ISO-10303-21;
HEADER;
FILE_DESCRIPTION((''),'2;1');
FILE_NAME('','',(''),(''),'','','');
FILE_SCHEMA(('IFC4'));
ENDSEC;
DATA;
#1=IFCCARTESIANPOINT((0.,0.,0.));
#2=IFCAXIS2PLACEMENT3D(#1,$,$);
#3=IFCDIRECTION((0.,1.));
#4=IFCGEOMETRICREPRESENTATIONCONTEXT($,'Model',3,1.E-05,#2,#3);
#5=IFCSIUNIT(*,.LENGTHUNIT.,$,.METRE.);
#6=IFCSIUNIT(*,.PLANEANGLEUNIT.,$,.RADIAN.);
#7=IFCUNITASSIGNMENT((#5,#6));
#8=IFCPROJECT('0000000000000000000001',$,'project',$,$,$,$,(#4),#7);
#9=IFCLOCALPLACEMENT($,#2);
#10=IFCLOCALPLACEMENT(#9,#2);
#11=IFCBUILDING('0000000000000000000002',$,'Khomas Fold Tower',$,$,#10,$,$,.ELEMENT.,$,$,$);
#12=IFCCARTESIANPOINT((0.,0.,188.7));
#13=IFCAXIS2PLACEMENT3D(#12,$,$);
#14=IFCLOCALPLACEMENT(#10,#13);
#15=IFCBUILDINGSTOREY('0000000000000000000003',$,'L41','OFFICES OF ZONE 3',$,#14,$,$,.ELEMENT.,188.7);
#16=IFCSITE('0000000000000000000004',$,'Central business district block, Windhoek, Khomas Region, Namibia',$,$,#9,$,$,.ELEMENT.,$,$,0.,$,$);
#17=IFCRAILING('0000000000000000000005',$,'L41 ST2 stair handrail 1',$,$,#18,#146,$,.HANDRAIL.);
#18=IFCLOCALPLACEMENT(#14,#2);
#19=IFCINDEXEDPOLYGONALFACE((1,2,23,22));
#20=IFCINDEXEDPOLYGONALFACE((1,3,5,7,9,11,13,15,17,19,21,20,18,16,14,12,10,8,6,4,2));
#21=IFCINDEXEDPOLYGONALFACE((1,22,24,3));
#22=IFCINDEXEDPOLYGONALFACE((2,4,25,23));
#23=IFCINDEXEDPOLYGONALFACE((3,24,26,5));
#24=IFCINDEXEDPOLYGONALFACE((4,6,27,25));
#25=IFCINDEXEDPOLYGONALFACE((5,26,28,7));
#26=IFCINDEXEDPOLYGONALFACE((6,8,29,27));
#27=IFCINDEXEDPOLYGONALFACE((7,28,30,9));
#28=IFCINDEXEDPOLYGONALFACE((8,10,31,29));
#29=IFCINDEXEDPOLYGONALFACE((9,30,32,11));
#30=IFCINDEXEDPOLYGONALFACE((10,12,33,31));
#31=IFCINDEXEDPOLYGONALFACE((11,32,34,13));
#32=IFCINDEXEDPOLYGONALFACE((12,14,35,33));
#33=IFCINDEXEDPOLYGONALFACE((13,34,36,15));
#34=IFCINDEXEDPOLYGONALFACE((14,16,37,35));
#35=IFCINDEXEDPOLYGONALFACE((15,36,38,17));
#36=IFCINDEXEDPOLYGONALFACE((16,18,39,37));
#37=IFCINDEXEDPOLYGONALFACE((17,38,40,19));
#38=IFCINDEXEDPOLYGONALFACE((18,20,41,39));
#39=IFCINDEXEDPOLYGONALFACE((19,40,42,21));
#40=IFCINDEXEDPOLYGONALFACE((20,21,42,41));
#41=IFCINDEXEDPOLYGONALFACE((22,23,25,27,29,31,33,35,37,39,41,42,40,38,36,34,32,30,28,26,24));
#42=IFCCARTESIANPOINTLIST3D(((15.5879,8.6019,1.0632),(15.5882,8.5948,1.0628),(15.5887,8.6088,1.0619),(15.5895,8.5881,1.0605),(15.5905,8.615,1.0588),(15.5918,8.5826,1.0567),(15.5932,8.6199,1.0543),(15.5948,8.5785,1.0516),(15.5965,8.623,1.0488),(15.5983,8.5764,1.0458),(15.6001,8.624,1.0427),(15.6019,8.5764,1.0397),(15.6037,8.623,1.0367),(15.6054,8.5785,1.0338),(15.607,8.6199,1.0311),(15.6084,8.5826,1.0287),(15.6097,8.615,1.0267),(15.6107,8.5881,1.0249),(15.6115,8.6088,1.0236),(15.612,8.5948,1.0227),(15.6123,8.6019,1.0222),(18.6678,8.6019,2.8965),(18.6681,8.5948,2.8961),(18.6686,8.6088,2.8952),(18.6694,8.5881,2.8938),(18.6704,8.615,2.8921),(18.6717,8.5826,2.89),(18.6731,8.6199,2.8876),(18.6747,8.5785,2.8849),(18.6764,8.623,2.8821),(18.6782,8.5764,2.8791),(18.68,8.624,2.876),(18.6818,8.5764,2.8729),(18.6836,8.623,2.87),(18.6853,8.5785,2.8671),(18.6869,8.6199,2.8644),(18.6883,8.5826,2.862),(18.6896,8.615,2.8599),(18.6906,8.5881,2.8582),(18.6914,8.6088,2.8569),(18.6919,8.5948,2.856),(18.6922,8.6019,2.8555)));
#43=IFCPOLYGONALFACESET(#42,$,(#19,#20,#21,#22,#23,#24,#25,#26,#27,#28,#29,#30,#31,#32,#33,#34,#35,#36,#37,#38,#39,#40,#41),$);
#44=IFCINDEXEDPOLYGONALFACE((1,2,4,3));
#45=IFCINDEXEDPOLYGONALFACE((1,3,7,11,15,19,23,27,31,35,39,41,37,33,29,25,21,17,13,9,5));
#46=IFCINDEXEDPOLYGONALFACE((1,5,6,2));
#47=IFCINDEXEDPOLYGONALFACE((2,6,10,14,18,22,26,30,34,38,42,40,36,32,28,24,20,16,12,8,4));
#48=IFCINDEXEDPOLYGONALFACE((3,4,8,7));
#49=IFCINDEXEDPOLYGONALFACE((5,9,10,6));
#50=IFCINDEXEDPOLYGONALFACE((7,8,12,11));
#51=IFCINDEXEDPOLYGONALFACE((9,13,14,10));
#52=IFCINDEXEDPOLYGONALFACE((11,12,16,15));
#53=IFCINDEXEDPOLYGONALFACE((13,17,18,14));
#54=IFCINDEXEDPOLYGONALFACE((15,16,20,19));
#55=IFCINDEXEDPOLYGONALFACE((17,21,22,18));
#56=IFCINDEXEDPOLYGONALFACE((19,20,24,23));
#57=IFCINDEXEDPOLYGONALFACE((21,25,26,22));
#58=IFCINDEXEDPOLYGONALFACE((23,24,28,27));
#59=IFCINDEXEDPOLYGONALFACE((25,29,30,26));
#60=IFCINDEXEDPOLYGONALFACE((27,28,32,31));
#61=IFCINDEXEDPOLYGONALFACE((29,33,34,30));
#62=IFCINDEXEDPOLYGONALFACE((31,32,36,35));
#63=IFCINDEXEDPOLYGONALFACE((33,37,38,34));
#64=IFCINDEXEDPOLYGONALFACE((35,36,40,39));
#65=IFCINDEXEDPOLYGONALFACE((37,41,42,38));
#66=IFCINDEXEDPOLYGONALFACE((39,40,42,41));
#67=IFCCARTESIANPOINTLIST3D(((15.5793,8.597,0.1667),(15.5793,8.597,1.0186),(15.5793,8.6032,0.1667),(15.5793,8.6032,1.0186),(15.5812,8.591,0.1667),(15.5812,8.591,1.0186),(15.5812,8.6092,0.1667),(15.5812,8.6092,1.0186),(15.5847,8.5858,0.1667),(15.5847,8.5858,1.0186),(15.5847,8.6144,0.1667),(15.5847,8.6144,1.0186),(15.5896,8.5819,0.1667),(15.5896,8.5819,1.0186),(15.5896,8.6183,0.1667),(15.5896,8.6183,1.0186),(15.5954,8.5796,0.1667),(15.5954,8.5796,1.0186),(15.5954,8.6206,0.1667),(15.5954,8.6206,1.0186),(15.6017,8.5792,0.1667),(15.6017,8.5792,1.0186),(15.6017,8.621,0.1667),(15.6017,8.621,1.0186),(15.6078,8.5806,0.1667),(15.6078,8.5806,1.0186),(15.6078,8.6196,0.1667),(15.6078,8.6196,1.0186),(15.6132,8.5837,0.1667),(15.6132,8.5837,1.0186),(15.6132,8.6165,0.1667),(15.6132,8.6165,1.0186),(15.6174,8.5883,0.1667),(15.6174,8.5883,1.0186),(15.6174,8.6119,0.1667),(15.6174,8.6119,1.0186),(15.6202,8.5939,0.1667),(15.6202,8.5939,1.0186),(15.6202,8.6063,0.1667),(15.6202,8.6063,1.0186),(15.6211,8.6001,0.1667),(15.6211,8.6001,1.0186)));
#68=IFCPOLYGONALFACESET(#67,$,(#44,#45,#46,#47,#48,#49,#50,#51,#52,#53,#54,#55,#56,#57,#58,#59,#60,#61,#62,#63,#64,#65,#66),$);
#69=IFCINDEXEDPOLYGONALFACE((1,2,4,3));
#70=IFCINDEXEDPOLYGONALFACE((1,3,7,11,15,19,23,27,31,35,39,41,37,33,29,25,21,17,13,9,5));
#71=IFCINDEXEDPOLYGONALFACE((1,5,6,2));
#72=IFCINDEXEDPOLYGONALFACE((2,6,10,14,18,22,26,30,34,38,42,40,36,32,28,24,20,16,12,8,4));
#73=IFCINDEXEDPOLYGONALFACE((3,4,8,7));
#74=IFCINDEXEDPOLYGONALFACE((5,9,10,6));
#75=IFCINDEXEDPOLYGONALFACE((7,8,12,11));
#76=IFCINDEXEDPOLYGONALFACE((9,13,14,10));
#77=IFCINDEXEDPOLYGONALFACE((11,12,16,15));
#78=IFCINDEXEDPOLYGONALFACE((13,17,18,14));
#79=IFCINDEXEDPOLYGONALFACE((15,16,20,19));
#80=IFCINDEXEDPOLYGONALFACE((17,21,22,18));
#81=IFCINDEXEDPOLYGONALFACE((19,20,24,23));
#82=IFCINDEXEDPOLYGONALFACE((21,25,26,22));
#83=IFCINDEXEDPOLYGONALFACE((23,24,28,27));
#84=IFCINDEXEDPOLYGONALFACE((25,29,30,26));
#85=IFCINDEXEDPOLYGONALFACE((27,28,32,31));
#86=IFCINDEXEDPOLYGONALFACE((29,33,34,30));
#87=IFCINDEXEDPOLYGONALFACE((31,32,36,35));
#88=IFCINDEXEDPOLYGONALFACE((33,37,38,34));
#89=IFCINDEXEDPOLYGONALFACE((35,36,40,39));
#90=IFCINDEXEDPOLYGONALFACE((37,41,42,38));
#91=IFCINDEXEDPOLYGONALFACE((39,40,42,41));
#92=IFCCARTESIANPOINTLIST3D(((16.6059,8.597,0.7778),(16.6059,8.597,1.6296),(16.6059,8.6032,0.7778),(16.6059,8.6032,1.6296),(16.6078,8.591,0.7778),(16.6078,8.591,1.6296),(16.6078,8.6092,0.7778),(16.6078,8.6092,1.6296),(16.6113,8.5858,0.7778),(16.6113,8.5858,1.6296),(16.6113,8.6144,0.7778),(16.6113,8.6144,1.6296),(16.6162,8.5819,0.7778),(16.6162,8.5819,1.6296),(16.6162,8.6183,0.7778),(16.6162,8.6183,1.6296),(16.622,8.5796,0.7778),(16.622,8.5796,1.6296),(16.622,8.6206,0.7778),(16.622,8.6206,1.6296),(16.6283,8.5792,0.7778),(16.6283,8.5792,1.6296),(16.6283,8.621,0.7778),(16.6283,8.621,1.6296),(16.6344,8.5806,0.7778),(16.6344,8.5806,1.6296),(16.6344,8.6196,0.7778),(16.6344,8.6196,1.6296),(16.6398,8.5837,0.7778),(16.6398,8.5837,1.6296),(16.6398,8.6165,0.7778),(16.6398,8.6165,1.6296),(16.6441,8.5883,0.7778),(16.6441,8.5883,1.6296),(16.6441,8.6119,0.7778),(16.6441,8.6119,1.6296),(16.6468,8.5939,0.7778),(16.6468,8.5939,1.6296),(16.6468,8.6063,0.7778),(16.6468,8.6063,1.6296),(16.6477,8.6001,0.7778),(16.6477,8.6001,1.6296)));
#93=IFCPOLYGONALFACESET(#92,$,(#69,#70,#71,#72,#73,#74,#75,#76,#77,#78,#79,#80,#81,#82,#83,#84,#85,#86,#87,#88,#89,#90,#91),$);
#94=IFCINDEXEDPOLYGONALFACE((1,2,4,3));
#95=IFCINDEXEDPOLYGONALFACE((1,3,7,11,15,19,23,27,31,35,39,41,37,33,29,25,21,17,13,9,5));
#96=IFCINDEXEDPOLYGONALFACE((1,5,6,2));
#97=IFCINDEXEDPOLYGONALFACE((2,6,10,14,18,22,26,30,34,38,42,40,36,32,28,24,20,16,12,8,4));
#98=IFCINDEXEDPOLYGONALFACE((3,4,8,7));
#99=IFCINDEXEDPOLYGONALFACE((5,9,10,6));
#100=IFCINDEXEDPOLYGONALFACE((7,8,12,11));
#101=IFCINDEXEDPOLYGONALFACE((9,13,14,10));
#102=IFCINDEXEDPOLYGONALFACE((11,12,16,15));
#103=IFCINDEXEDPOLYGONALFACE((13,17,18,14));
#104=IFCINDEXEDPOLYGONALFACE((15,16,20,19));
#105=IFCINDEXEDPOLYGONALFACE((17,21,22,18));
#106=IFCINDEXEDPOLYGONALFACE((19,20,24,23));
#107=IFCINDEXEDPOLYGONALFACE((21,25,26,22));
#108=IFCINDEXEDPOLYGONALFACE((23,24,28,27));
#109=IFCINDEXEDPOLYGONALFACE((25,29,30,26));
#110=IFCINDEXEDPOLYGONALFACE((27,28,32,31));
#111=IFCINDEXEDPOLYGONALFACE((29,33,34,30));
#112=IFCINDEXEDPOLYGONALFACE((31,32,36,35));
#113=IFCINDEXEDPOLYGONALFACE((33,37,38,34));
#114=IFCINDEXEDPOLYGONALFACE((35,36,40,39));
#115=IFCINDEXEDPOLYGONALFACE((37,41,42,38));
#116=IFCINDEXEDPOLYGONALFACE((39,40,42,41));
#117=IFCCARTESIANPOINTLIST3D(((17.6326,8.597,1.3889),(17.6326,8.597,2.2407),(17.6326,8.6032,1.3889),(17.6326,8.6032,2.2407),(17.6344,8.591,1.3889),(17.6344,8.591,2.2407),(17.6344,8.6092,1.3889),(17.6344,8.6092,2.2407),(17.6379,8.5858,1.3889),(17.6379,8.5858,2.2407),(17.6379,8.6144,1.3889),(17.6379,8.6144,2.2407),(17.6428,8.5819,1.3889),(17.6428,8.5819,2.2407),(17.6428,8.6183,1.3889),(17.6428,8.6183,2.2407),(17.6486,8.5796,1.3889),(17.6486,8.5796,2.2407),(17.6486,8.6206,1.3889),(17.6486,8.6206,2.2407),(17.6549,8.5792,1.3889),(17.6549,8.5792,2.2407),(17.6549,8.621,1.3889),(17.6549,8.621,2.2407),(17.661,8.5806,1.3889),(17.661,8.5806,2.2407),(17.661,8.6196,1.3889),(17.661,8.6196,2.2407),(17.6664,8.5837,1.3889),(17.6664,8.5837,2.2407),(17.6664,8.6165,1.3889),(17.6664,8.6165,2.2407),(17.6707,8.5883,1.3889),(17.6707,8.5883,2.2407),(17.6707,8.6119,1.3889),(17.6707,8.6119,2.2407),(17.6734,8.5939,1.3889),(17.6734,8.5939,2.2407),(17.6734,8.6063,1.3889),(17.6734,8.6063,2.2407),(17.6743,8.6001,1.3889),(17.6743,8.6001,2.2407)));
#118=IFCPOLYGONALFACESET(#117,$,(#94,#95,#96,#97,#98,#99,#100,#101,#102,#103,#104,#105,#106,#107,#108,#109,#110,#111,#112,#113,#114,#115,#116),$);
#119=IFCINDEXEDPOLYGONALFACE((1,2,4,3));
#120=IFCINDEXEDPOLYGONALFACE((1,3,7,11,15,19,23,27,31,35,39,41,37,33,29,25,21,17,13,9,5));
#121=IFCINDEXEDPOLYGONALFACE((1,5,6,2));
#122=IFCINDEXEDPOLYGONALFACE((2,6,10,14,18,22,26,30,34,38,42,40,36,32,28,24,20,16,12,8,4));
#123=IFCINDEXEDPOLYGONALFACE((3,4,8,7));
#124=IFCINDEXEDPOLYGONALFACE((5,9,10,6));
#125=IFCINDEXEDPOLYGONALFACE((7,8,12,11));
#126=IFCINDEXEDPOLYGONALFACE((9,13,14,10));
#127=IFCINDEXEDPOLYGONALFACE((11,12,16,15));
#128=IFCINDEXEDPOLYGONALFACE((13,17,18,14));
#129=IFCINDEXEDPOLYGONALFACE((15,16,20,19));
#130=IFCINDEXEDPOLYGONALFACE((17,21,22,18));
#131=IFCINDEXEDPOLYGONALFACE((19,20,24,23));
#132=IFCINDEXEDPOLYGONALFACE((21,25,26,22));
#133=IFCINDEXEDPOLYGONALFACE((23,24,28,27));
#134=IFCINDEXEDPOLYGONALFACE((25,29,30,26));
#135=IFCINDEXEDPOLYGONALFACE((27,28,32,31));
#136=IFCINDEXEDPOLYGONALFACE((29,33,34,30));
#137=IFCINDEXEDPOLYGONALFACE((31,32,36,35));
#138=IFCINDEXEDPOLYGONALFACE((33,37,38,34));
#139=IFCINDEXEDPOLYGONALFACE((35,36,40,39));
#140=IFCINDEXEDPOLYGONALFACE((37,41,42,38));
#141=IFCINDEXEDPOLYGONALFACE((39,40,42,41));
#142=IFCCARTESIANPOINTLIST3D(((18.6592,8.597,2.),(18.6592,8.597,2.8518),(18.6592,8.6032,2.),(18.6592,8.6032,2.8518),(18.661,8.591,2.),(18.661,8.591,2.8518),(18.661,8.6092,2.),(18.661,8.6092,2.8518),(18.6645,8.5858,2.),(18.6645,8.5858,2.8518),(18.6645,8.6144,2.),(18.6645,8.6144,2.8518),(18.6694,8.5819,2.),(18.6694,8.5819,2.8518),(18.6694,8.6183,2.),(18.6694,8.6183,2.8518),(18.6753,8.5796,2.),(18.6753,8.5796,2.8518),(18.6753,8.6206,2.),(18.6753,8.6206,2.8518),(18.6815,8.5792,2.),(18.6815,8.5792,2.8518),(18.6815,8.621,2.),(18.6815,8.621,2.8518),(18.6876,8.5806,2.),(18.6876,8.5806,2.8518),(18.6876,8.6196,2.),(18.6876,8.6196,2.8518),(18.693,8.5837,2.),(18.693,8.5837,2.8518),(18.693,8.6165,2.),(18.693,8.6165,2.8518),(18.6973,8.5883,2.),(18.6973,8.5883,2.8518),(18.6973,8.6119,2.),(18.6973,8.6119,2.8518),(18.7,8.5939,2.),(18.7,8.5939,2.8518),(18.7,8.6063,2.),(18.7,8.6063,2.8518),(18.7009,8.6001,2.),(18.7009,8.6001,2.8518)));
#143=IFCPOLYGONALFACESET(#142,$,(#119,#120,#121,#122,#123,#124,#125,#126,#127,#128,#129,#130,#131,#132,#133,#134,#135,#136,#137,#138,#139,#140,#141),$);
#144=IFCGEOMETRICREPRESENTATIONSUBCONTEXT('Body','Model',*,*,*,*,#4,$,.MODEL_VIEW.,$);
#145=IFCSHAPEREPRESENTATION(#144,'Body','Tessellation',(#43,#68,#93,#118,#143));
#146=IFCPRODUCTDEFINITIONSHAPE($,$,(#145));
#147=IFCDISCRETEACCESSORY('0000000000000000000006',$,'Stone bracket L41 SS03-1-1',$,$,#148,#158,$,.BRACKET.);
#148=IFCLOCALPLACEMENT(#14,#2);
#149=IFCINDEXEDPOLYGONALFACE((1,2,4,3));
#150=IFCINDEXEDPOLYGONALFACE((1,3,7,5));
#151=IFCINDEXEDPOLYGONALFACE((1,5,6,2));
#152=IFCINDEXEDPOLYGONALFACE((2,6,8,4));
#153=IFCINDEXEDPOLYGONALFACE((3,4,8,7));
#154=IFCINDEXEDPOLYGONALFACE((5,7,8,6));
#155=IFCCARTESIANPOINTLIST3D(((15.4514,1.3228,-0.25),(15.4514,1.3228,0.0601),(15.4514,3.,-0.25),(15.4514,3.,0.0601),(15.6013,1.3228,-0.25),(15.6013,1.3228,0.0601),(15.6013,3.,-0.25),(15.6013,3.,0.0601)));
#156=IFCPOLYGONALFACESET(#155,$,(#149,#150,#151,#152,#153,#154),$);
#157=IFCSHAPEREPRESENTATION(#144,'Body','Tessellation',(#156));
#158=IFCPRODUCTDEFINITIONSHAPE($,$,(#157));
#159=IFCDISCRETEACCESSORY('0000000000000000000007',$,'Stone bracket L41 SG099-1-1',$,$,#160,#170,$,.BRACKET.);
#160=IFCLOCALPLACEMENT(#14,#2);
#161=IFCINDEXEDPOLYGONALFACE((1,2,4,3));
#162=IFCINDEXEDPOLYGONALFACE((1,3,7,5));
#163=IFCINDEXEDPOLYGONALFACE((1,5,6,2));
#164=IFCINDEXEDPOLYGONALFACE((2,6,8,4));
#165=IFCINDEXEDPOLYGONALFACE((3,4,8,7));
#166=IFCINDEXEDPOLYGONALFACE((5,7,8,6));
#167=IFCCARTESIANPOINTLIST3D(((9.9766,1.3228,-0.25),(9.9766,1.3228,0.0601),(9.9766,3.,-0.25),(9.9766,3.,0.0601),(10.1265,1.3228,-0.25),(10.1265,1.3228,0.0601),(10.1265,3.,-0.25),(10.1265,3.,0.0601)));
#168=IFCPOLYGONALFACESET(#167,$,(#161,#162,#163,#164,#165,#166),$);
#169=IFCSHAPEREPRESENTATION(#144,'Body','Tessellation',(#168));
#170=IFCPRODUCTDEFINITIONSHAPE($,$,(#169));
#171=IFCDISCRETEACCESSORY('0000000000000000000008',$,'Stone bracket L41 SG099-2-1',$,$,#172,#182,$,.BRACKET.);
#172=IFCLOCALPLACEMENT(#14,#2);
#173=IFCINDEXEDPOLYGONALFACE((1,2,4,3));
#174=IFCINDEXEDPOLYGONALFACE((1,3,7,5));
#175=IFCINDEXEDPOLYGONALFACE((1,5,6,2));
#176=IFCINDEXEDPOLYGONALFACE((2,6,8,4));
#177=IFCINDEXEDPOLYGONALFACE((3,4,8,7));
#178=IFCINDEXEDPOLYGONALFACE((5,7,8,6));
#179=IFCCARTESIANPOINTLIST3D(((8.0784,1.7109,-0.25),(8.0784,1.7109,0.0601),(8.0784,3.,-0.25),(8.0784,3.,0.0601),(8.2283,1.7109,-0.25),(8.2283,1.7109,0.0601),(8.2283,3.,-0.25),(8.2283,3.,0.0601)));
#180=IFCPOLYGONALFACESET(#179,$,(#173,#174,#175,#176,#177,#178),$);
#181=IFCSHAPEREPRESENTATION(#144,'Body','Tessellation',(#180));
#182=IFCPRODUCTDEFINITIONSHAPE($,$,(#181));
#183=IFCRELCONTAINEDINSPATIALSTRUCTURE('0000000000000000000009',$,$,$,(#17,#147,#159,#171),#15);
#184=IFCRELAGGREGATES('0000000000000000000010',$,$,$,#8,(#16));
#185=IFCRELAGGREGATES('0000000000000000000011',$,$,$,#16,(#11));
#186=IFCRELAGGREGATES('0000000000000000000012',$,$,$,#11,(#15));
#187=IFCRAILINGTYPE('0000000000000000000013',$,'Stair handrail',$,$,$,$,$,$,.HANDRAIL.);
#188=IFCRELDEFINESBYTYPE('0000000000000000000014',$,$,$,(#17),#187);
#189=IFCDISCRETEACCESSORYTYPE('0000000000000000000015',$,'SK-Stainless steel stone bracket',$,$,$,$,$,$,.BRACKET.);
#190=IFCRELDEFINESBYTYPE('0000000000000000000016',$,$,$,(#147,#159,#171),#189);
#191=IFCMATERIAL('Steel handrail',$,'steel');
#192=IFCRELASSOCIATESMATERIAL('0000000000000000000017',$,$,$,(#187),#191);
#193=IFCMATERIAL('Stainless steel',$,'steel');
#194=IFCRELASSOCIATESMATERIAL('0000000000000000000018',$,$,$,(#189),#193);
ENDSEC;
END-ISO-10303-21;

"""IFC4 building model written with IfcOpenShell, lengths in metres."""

from ifc_helpers import new_model, si_unit, direction, frame, origin, origin_2d, place, context, subcontext, project, spatial, rectangle, circle, extrude, source, transform, mapped, material, type_object, element, save


model = new_model("IFC4")

# Units and contexts
model_context = context("Model", 3, precision=1e-05, world=origin(), true_north=direction((0.0, 1.0)))
body_context = subcontext(model_context, "Body", "Model", "MODEL_VIEW")
ifc_project = project(units=[si_unit("LENGTHUNIT", "METRE"), si_unit("PLANEANGLEUNIT", "RADIAN")], contexts=[model_context])

# Site, building, storey
site_placement = place(None, origin())
site = spatial("IfcSite", under=ifc_project, at=site_placement, Name="Central business district block, Windhoek, Khomas Region, Namibia", CompositionType="ELEMENT", RefElevation=0.0)
building_placement = place(site_placement, origin())
building = spatial("IfcBuilding", under=site, at=building_placement, Name="Khomas Fold Tower", CompositionType="ELEMENT")
storey_placement = place(building_placement, frame((0.0, 0.0, 188.7)))
storey = spatial("IfcBuildingStorey", under=building, at=storey_placement, Name="L41", Description="OFFICES OF ZONE 3", CompositionType="ELEMENT", Elevation=188.7)

# Railing
ifc_material_1 = material(Name="Steel handrail", Category="steel")
railing_type = type_object("IfcRailingType", Name="Stair handrail", PredefinedType="HANDRAIL", material=ifc_material_1)
shared_shape_1 = source(origin(), body_context, "Body", "SweptSolid", [
    extrude(circle(Radius=0.0239, at=origin_2d()), frame((0.0, 0.0, 0.876), z_axis=(0.859291, 0.0, 0.511487), x_axis=(0.0, 1.0, 0.0)), (0.0, 0.0, 1.0), 3.5842),
    extrude(circle(Radius=0.021, at=origin_2d()), origin(), (0.0, 0.0, 1.0), 0.8518),
    extrude(circle(Radius=0.021, at=origin_2d()), frame((1.0266, 0.0, 0.6111)), (0.0, 0.0, 1.0), 0.8518),
    extrude(circle(Radius=0.021, at=origin_2d()), frame((2.0532, 0.0, 1.2222)), (0.0, 0.0, 1.0), 0.8518),
    extrude(circle(Radius=0.021, at=origin_2d()), frame((3.0798, 0.0, 1.8333)), (0.0, 0.0, 1.0), 0.8518),
])
railing_placement = place(storey_placement, frame((15.6001, 8.6001, 0.1667)))
element("IfcRailing", 1, at=railing_placement, inside=storey, type_object=railing_type, Name="L41 ST2 stair handrail 1", PredefinedType="HANDRAIL", context=body_context, shape_type="MappedRepresentation", body=[
    mapped(shared_shape_1, transform((0.0, 0.0, 0.0))),
])

# Discrete accessories
ifc_material_2 = material(Name="Stainless steel", Category="steel")
discrete_accessory_type = type_object("IfcDiscreteAccessoryType", Name="SK-Stainless steel stone bracket", PredefinedType="BRACKET", material=ifc_material_2)
shared_shape_2 = source(origin(), body_context, "Body", "SweptSolid", [
    extrude(rectangle(XDim=1.6772, YDim=0.1499, at=origin_2d()), origin(), (0.0, 0.0, 1.0), 0.3101),
])
for number, where, z_axis, x_axis, name in (
    (2, (15.5264, 2.1614, -0.25), (0.0, 0.0, 1.0), (0.0, -1.0, 0.0), "Stone bracket L41 SS03-1-1"),
    (3, (10.0515, 2.1614, -0.25), (0.0, 0.0, 1.0), (0.0, -1.0, 0.0), "Stone bracket L41 SG099-1-1"),
):
    element("IfcDiscreteAccessory", number, at=place(storey_placement, frame(where, z_axis=z_axis, x_axis=x_axis)), inside=storey, type_object=discrete_accessory_type, Name=name, PredefinedType="BRACKET", context=body_context, shape_type="MappedRepresentation", body=[
        mapped(shared_shape_2, transform((0.0, 0.0, 0.0))),
    ])
shared_shape_3 = source(origin(), body_context, "Body", "SweptSolid", [
    extrude(rectangle(XDim=1.2891, YDim=0.1499, at=origin_2d()), origin(), (0.0, 0.0, 1.0), 0.3101),
])
discrete_accessory_placement = place(storey_placement, frame((8.1533, 2.3555, -0.25), z_axis=(0.0, 0.0, 1.0), x_axis=(0.0, -1.0, 0.0)))
element("IfcDiscreteAccessory", 4, at=discrete_accessory_placement, inside=storey, type_object=discrete_accessory_type, Name="Stone bracket L41 SG099-2-1", PredefinedType="BRACKET", context=body_context, shape_type="MappedRepresentation", body=[
    mapped(shared_shape_3, transform((0.0, 0.0, 0.0))),
])

save(model, "model.ifc")
